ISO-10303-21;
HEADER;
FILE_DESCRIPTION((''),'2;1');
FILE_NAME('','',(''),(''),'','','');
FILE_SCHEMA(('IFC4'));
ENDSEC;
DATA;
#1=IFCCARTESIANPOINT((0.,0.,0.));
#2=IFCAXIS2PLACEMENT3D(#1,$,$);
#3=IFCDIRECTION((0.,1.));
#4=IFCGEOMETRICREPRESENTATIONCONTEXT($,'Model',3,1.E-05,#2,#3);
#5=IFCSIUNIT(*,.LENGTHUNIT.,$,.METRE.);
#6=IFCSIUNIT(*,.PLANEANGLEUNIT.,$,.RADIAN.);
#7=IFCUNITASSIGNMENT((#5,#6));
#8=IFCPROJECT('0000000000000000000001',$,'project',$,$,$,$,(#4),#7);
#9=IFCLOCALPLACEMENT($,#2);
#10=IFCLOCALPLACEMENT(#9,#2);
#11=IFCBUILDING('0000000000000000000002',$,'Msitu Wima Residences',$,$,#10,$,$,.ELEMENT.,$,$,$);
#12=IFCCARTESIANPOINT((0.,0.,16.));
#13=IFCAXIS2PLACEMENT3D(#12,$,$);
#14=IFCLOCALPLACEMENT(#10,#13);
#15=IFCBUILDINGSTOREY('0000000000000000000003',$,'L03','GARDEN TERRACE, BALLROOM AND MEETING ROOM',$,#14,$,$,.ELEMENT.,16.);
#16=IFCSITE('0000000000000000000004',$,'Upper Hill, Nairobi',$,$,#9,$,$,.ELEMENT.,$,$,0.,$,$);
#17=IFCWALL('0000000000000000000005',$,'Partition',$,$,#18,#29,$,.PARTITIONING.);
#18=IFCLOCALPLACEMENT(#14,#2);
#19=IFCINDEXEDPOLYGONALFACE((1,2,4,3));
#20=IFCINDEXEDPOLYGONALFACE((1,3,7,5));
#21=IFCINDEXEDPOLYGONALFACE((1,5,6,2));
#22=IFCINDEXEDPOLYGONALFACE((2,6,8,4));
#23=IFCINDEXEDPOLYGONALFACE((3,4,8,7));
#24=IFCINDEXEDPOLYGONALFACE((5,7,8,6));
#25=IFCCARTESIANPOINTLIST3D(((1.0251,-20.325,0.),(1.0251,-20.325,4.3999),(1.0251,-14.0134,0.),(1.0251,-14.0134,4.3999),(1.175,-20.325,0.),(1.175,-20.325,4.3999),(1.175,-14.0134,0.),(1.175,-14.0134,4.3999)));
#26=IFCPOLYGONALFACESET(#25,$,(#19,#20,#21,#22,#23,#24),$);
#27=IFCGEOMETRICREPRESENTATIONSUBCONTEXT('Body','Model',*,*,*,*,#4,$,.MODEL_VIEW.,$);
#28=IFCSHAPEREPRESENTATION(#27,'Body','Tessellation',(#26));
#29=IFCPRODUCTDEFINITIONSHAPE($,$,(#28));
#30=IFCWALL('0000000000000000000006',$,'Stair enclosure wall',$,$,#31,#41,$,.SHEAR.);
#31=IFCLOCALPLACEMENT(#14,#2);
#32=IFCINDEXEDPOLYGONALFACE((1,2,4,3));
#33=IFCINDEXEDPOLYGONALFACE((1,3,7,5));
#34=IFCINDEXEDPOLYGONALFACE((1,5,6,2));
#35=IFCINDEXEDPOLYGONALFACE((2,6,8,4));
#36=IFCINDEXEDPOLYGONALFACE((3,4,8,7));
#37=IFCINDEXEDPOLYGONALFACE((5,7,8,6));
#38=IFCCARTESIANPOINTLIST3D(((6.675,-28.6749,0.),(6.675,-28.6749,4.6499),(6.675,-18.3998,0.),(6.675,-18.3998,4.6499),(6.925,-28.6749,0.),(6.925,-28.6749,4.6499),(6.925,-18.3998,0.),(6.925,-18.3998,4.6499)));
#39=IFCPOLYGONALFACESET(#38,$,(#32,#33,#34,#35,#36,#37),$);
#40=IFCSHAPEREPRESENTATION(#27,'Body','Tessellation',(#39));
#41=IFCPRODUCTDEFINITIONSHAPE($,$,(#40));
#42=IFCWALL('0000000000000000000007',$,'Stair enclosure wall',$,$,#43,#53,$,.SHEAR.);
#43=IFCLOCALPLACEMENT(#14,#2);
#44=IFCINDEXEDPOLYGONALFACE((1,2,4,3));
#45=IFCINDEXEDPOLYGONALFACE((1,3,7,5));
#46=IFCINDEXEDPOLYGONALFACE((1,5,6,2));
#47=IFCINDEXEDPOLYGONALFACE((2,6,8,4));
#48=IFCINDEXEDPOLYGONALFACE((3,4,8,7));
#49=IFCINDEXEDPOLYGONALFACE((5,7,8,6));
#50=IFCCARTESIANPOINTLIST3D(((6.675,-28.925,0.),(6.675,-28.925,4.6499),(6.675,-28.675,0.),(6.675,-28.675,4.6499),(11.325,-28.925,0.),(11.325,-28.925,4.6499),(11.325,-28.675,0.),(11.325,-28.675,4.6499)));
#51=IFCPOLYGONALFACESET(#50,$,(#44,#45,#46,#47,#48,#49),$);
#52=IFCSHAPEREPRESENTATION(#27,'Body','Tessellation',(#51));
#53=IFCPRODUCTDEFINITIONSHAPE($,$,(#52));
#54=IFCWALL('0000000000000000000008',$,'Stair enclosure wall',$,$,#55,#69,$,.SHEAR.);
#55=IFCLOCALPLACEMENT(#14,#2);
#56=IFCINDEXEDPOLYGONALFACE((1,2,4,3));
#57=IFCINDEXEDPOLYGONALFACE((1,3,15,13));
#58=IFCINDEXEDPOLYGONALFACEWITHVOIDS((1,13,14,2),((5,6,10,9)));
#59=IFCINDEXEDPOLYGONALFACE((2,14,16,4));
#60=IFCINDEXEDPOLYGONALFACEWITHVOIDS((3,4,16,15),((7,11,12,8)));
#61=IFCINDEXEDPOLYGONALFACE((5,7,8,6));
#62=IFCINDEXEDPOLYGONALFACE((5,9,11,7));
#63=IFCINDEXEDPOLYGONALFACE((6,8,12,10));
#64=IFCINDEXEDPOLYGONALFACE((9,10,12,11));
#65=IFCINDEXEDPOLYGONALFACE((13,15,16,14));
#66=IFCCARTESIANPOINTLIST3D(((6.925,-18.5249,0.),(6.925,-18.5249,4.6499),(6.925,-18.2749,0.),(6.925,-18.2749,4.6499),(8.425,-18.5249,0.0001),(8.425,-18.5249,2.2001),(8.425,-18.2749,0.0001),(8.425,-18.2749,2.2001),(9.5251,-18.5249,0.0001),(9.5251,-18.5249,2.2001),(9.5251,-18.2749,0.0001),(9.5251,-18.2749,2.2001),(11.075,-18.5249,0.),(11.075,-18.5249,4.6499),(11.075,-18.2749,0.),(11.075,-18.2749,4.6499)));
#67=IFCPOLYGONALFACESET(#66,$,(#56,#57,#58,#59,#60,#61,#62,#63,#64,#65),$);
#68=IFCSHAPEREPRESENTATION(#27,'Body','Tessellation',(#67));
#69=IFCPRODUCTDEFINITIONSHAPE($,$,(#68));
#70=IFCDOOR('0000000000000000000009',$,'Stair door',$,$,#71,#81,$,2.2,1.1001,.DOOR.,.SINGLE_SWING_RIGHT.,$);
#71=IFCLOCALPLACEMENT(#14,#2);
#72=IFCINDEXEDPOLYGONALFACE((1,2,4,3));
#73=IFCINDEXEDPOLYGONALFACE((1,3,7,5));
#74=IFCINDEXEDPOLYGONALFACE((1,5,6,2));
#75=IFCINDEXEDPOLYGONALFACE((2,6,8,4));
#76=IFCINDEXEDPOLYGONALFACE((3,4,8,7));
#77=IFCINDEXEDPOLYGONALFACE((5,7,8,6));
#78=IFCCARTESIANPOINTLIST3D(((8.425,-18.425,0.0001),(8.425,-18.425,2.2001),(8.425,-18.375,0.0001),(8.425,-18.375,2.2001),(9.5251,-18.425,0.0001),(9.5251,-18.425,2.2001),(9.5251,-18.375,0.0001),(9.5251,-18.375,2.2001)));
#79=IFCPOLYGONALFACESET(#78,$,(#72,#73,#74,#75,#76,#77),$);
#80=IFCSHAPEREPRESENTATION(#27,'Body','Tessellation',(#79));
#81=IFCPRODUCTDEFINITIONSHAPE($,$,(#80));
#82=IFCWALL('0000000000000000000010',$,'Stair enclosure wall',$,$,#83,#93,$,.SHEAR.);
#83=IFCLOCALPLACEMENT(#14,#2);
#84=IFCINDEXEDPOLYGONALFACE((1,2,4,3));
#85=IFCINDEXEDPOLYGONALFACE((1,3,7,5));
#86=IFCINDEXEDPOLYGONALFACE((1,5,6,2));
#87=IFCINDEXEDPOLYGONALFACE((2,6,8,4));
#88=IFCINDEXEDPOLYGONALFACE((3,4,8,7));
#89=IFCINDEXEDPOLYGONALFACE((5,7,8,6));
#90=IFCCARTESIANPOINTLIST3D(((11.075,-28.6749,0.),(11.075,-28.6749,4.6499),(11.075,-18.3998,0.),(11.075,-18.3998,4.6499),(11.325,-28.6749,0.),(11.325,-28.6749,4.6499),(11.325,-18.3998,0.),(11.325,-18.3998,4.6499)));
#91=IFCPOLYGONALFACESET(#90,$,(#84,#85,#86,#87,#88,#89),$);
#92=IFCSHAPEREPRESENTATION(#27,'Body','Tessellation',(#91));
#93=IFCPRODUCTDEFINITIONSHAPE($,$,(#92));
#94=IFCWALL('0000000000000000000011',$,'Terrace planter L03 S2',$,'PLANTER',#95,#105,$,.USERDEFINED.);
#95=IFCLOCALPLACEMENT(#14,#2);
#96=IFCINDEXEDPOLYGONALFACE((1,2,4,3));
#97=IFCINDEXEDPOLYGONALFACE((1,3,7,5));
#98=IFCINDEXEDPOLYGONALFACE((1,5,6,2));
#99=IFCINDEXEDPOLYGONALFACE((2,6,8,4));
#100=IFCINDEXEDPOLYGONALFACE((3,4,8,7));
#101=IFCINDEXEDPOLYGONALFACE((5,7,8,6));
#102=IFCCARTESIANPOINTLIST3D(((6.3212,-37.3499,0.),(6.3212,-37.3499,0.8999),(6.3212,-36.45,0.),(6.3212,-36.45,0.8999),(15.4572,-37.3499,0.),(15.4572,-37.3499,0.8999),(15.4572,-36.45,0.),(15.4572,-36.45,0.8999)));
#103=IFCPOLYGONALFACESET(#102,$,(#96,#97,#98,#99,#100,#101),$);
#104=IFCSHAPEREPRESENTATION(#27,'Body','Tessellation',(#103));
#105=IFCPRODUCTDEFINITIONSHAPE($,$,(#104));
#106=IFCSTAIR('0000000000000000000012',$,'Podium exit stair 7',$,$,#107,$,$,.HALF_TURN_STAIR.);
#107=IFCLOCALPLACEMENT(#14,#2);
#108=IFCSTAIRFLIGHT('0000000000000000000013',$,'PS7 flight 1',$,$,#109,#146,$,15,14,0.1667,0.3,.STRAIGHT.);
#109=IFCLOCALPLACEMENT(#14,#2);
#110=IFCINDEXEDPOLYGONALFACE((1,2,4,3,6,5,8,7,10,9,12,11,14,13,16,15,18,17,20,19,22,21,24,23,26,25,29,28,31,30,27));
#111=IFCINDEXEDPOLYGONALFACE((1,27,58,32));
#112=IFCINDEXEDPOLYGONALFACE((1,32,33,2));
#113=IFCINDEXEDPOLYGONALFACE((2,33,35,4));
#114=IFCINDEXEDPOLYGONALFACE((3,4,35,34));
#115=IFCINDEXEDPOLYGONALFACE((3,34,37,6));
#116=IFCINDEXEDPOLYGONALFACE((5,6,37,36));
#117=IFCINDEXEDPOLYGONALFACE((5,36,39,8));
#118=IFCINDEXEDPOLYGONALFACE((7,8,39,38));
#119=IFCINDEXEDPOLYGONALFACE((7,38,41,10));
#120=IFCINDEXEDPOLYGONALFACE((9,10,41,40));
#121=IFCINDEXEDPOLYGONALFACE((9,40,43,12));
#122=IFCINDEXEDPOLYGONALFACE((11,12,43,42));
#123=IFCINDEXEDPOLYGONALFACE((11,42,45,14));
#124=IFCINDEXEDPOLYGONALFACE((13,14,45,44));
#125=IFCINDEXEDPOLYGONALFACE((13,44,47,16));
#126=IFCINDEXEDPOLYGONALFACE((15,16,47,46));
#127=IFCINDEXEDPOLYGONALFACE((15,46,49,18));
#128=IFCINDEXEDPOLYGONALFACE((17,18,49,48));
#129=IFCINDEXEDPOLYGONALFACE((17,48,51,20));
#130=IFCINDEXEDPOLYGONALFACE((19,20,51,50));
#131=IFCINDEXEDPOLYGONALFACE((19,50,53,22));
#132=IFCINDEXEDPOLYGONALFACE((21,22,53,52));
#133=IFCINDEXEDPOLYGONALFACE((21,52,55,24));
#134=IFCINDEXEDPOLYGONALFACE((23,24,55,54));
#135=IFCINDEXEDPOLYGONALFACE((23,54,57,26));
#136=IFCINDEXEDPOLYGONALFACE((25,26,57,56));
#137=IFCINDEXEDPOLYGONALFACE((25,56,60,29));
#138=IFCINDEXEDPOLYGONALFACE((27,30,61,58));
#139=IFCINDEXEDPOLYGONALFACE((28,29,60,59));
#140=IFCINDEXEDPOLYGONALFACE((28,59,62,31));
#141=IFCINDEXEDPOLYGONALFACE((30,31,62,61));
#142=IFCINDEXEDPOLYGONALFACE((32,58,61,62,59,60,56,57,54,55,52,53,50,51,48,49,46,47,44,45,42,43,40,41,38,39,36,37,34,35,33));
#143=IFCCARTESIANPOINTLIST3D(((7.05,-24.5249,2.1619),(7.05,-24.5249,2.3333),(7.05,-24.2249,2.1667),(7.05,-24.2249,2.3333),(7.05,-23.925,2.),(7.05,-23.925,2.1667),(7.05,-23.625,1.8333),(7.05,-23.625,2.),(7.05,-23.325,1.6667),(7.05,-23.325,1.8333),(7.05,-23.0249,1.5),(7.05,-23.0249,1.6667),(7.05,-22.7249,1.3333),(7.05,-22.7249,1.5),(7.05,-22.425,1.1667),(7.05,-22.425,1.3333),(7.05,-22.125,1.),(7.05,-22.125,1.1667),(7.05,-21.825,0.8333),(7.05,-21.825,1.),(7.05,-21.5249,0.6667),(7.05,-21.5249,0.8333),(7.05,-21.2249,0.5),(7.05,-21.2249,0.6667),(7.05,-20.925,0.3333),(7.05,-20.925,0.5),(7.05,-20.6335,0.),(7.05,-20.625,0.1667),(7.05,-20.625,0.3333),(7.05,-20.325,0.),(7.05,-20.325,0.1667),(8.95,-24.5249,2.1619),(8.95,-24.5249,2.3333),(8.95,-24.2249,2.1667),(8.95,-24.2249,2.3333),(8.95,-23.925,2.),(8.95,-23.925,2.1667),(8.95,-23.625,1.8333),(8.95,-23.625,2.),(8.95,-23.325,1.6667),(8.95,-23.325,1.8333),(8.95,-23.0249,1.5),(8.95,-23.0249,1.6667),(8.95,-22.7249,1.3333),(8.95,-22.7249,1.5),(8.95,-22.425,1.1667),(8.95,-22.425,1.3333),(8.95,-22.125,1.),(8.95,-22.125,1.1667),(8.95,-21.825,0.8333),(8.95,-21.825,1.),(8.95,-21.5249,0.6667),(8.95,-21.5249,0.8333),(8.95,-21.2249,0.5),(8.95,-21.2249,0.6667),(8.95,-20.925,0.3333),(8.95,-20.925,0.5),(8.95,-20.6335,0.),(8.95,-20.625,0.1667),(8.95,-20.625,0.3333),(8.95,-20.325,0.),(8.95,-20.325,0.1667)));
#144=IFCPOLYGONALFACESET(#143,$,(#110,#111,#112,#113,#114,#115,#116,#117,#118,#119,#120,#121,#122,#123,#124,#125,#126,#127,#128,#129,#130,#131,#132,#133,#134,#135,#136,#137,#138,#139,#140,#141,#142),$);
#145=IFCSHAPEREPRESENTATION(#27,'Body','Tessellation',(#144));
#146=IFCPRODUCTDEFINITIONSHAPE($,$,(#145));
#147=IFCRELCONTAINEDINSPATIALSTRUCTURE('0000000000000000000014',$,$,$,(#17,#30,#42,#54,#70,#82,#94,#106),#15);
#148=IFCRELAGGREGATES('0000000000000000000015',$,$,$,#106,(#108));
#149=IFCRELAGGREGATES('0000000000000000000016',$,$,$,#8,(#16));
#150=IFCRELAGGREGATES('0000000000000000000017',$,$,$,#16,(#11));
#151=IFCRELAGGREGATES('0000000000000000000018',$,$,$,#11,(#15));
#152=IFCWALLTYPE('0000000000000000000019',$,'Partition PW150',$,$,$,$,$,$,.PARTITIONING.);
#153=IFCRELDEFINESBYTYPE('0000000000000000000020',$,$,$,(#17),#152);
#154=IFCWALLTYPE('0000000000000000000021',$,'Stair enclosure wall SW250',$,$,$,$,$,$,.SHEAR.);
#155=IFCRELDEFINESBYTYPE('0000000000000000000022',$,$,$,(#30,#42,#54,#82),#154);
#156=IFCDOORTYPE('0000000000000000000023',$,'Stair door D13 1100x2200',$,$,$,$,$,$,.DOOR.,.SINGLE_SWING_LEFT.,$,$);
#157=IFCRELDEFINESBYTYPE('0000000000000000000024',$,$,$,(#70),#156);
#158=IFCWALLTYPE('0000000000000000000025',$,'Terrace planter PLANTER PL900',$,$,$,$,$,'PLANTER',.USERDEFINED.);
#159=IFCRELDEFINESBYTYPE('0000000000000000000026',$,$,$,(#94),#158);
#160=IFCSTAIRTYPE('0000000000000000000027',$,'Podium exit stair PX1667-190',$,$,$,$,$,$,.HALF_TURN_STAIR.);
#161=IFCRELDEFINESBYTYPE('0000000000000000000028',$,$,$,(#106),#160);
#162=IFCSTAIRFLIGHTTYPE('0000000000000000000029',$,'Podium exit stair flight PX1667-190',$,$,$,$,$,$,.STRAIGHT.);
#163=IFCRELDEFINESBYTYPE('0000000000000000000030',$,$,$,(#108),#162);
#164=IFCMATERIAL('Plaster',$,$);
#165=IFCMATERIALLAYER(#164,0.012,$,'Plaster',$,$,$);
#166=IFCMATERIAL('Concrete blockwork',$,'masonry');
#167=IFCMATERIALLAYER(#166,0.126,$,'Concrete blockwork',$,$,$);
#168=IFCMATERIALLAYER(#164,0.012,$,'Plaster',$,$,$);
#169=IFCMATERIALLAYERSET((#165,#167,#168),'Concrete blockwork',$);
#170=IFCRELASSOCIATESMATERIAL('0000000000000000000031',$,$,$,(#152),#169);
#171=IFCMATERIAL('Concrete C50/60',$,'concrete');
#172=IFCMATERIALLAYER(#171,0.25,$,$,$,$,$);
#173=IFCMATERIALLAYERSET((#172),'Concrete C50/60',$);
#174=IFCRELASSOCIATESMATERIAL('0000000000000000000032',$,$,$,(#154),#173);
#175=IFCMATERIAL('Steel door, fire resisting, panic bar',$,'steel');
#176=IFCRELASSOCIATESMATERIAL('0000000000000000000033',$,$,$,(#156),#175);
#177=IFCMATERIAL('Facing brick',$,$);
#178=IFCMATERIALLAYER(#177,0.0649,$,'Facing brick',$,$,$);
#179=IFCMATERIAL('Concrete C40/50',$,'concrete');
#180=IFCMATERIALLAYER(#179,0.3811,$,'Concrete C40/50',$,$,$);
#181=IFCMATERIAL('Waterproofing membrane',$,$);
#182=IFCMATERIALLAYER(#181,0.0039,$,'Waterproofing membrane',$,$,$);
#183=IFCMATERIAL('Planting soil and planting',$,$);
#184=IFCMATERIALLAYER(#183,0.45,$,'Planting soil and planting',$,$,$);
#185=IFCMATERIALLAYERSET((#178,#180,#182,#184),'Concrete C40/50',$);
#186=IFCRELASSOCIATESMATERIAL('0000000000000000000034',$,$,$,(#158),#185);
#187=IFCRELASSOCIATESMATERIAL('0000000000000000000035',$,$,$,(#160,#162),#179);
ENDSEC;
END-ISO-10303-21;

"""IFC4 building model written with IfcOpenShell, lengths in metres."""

from ifc_helpers import new_model, si_unit, direction, frame, frame_2d, origin, place, context, subcontext, project, spatial, polyline, rectangle, outline, extrude, material, layer, layer_set, type_object, element, fill, aggregate, save


model = new_model("IFC4")

# Units and contexts
model_context = context("Model", 3, precision=1e-05, world=origin(), true_north=direction((0.0, 1.0)))
body_context = subcontext(model_context, "Body", "Model", "MODEL_VIEW")
ifc_project = project(units=[si_unit("LENGTHUNIT", "METRE"), si_unit("PLANEANGLEUNIT", "RADIAN")], contexts=[model_context])

# Site, building, storey
site_placement = place(None, origin())
site = spatial("IfcSite", under=ifc_project, at=site_placement, Name="Upper Hill, Nairobi", CompositionType="ELEMENT", RefElevation=0.0)
building_placement = place(site_placement, origin())
building = spatial("IfcBuilding", under=site, at=building_placement, Name="Msitu Wima Residences", CompositionType="ELEMENT")
storey_placement = place(building_placement, frame((0.0, 0.0, 16.0)))
storey = spatial("IfcBuildingStorey", under=building, at=storey_placement, Name="L03", Description="GARDEN TERRACE, BALLROOM AND MEETING ROOM", CompositionType="ELEMENT", Elevation=16.0)

# Shared definitions
ifc_material_1 = material(Name="Concrete C40/50", Category="concrete")

# Walls
ifc_material_2 = material(Name="Plaster")
ifc_material_3 = material(Name="Concrete blockwork", Category="masonry")
ifc_layer_1 = layer(ifc_material_2, 0.012, Name="Plaster")
ifc_layer_2 = layer(ifc_material_3, 0.126, Name="Concrete blockwork")
ifc_layer_3 = layer(ifc_material_2, 0.012, Name="Plaster")
ifc_layer_set_1 = layer_set([ifc_layer_1, ifc_layer_2, ifc_layer_3], Name="Concrete blockwork")
wall_type_1 = type_object("IfcWallType", Name="Partition PW150", PredefinedType="PARTITIONING", material=ifc_layer_set_1)
wall_1_placement = place(storey_placement, frame((1.1001, -20.325, 0.0), z_axis=(0.0, 0.0, 1.0), x_axis=(0.0, 1.0, 0.0)))
element("IfcWall", 1, at=wall_1_placement, inside=storey, type_object=wall_type_1, Name="Partition", PredefinedType="PARTITIONING", context=body_context, shape_type="SweptSolid", body=[
    extrude(rectangle(XDim=6.3115, YDim=0.1499, at=frame_2d((3.1558, 0.0))), origin(), (0.0, 0.0, 1.0), 4.3999),
])
ifc_material_4 = material(Name="Concrete C50/60", Category="concrete")
ifc_layer_4 = layer(ifc_material_4, 0.25)
ifc_layer_set_2 = layer_set([ifc_layer_4], Name="Concrete C50/60")
wall_type_2 = type_object("IfcWallType", Name="Stair enclosure wall SW250", PredefinedType="SHEAR", material=ifc_layer_set_2)
wall_2_placement = place(storey_placement, frame((6.8, -28.675, 0.0), z_axis=(0.0, 0.0, 1.0), x_axis=(0.0, 1.0, 0.0)))
element("IfcWall", 2, at=wall_2_placement, inside=storey, type_object=wall_type_2, Name="Stair enclosure wall", PredefinedType="SHEAR", context=body_context, shape_type="SweptSolid", body=[
    extrude(rectangle(XDim=10.2751, YDim=0.25, at=frame_2d((5.1377, 0.0))), origin(), (0.0, 0.0, 1.0), 4.6499),
])
wall_3_placement = place(storey_placement, frame((6.675, -28.8, 0.0), z_axis=(0.0, 0.0, 1.0), x_axis=(1.0, 0.0, 0.0)))
element("IfcWall", 3, at=wall_3_placement, inside=storey, type_object=wall_type_2, Name="Stair enclosure wall", PredefinedType="SHEAR", context=body_context, shape_type="SweptSolid", body=[
    extrude(rectangle(XDim=4.6499, YDim=0.25, at=frame_2d((2.325, 0.0))), origin(), (0.0, 0.0, 1.0), 4.6499),
])

# Wall, opening, door
wall_4_placement = place(storey_placement, frame((6.925, -18.3999, 0.0), z_axis=(0.0, 0.0, 1.0), x_axis=(1.0, 0.0, 0.0)))
wall_4 = element("IfcWall", 4, at=wall_4_placement, inside=storey, type_object=wall_type_2, Name="Stair enclosure wall", PredefinedType="SHEAR", context=body_context, shape_type="SweptSolid", body=[
    extrude(rectangle(XDim=4.1499, YDim=0.25, at=frame_2d((2.075, 0.0))), origin(), (0.0, 0.0, 1.0), 4.6499),
])
opening_1_placement = place(wall_4_placement, frame((1.5, 0.0, 0.0)))
opening_1 = element("IfcOpeningElement", 5, at=opening_1_placement, cuts=wall_4, PredefinedType="OPENING", context=body_context, shape_type="SweptSolid", body=[
    extrude(rectangle(XDim=1.1001, YDim=2.2, at=frame_2d((0.55, 1.1001))), frame((0.0, 0.135, 0.0), z_axis=(0.0, -1.0, 0.0), x_axis=(1.0, 0.0, 0.0)), (0.0, 0.0, 1.0), 0.27),
])
ifc_material_5 = material(Name="Steel door, fire resisting, panic bar", Category="steel")
door_type = type_object("IfcDoorType", Name="Stair door D13 1100x2200", OperationType="SINGLE_SWING_LEFT", PredefinedType="DOOR", material=ifc_material_5)
door_placement = place(opening_1_placement, origin())
door = element("IfcDoor", 6, at=door_placement, inside=storey, type_object=door_type, Name="Stair door", OperationType="SINGLE_SWING_RIGHT", OverallHeight=2.2, OverallWidth=1.1001, PredefinedType="DOOR", context=body_context, shape_type="SweptSolid", body=[
    extrude(rectangle(XDim=1.1001, YDim=2.2, at=frame_2d((0.55, 1.1001))), frame((0.0, 0.0249, 0.0), z_axis=(0.0, -1.0, 0.0), x_axis=(1.0, 0.0, 0.0)), (0.0, 0.0, 1.0), 0.05),
])
fill(opening_1, door)

# Walls
wall_5_placement = place(storey_placement, frame((11.2, -28.675, 0.0), z_axis=(0.0, 0.0, 1.0), x_axis=(0.0, 1.0, 0.0)))
element("IfcWall", 7, at=wall_5_placement, inside=storey, type_object=wall_type_2, Name="Stair enclosure wall", PredefinedType="SHEAR", context=body_context, shape_type="SweptSolid", body=[
    extrude(rectangle(XDim=10.2751, YDim=0.25, at=frame_2d((5.1377, 0.0))), origin(), (0.0, 0.0, 1.0), 4.6499),
])
ifc_material_6 = material(Name="Facing brick")
ifc_layer_5 = layer(ifc_material_6, 0.0649, Name="Facing brick")
ifc_layer_6 = layer(ifc_material_1, 0.3811, Name="Concrete C40/50")
ifc_material_7 = material(Name="Waterproofing membrane")
ifc_layer_7 = layer(ifc_material_7, 0.0039, Name="Waterproofing membrane")
ifc_material_8 = material(Name="Planting soil and planting")
ifc_layer_8 = layer(ifc_material_8, 0.45, Name="Planting soil and planting")
ifc_layer_set_3 = layer_set([ifc_layer_5, ifc_layer_6, ifc_layer_7, ifc_layer_8], Name="Concrete C40/50")
wall_type_3 = type_object("IfcWallType", Name="Terrace planter PLANTER PL900", ElementType="PLANTER", PredefinedType="USERDEFINED", material=ifc_layer_set_3)
wall_6_placement = place(storey_placement, frame((6.3213, -36.8999, 0.0), z_axis=(0.0, 0.0, 1.0), x_axis=(1.0, 0.0, 0.0)))
element("IfcWall", 8, at=wall_6_placement, inside=storey, type_object=wall_type_3, Name="Terrace planter L03 S2", ObjectType="PLANTER", PredefinedType="USERDEFINED", context=body_context, shape_type="SweptSolid", body=[
    extrude(rectangle(XDim=9.136, YDim=0.8999, at=frame_2d((4.5679, 0.0))), origin(), (0.0, 0.0, 1.0), 0.8999),
])

# Stair, stair flight
stair_type = type_object("IfcStairType", Name="Podium exit stair PX1667-190", PredefinedType="HALF_TURN_STAIR", material=ifc_material_1)
stair_placement = place(storey_placement, origin())
stair = element("IfcStair", 9, at=stair_placement, inside=storey, type_object=stair_type, Name="Podium exit stair 7", PredefinedType="HALF_TURN_STAIR")
stair_flight_type = type_object("IfcStairFlightType", Name="Podium exit stair flight PX1667-190", PredefinedType="STRAIGHT", material=ifc_material_1)
stair_flight_1_placement = place(storey_placement, frame((8.0, -20.325, 0.0), z_axis=(0.0, 0.0, 1.0), x_axis=(0.0, -1.0, 0.0)))
stair_flight_1 = element("IfcStairFlight", 10, at=stair_flight_1_placement, type_object=stair_flight_type, Name="PS7 flight 1", NumberOfRisers=15, NumberOfTreads=14, PredefinedType="STRAIGHT", RiserHeight=0.1667, TreadLength=0.3, context=body_context, shape_type="SweptSolid", body=[
    extrude(outline(polyline([(0.0, 0.0), (0.0, 0.1667), (0.3, 0.1667), (0.3, 0.3333), (0.6001, 0.3333), (0.6001, 0.5), (0.8999, 0.5), (0.8999, 0.6667), (1.2, 0.6667), (1.2, 0.8333), (1.5, 0.8333), (1.5, 1.0), (1.8, 1.0), (1.8, 1.1667), (2.1001, 1.1667), (2.1001, 1.3333), (2.3999, 1.3333), (2.3999, 1.5), (2.7, 1.5), (2.7, 1.6667), (3.0, 1.6667), (3.0, 1.8333), (3.3, 1.8333), (3.3, 2.0), (3.6001, 2.0), (3.6001, 2.1667), (3.8999, 2.1667), (3.8999, 2.3333), (4.2, 2.3333), (4.2, 2.5), (4.2, 2.1619), (0.3086, 0.0), (0.0, 0.0)])), frame((0.0, 0.95, 0.0), z_axis=(0.0, -1.0, 0.0), x_axis=(1.0, 0.0, 0.0)), (0.0, 0.0, 1.0), 1.8999),
])
aggregate(stair, [stair_flight_1])

save(model, "model.ifc")
